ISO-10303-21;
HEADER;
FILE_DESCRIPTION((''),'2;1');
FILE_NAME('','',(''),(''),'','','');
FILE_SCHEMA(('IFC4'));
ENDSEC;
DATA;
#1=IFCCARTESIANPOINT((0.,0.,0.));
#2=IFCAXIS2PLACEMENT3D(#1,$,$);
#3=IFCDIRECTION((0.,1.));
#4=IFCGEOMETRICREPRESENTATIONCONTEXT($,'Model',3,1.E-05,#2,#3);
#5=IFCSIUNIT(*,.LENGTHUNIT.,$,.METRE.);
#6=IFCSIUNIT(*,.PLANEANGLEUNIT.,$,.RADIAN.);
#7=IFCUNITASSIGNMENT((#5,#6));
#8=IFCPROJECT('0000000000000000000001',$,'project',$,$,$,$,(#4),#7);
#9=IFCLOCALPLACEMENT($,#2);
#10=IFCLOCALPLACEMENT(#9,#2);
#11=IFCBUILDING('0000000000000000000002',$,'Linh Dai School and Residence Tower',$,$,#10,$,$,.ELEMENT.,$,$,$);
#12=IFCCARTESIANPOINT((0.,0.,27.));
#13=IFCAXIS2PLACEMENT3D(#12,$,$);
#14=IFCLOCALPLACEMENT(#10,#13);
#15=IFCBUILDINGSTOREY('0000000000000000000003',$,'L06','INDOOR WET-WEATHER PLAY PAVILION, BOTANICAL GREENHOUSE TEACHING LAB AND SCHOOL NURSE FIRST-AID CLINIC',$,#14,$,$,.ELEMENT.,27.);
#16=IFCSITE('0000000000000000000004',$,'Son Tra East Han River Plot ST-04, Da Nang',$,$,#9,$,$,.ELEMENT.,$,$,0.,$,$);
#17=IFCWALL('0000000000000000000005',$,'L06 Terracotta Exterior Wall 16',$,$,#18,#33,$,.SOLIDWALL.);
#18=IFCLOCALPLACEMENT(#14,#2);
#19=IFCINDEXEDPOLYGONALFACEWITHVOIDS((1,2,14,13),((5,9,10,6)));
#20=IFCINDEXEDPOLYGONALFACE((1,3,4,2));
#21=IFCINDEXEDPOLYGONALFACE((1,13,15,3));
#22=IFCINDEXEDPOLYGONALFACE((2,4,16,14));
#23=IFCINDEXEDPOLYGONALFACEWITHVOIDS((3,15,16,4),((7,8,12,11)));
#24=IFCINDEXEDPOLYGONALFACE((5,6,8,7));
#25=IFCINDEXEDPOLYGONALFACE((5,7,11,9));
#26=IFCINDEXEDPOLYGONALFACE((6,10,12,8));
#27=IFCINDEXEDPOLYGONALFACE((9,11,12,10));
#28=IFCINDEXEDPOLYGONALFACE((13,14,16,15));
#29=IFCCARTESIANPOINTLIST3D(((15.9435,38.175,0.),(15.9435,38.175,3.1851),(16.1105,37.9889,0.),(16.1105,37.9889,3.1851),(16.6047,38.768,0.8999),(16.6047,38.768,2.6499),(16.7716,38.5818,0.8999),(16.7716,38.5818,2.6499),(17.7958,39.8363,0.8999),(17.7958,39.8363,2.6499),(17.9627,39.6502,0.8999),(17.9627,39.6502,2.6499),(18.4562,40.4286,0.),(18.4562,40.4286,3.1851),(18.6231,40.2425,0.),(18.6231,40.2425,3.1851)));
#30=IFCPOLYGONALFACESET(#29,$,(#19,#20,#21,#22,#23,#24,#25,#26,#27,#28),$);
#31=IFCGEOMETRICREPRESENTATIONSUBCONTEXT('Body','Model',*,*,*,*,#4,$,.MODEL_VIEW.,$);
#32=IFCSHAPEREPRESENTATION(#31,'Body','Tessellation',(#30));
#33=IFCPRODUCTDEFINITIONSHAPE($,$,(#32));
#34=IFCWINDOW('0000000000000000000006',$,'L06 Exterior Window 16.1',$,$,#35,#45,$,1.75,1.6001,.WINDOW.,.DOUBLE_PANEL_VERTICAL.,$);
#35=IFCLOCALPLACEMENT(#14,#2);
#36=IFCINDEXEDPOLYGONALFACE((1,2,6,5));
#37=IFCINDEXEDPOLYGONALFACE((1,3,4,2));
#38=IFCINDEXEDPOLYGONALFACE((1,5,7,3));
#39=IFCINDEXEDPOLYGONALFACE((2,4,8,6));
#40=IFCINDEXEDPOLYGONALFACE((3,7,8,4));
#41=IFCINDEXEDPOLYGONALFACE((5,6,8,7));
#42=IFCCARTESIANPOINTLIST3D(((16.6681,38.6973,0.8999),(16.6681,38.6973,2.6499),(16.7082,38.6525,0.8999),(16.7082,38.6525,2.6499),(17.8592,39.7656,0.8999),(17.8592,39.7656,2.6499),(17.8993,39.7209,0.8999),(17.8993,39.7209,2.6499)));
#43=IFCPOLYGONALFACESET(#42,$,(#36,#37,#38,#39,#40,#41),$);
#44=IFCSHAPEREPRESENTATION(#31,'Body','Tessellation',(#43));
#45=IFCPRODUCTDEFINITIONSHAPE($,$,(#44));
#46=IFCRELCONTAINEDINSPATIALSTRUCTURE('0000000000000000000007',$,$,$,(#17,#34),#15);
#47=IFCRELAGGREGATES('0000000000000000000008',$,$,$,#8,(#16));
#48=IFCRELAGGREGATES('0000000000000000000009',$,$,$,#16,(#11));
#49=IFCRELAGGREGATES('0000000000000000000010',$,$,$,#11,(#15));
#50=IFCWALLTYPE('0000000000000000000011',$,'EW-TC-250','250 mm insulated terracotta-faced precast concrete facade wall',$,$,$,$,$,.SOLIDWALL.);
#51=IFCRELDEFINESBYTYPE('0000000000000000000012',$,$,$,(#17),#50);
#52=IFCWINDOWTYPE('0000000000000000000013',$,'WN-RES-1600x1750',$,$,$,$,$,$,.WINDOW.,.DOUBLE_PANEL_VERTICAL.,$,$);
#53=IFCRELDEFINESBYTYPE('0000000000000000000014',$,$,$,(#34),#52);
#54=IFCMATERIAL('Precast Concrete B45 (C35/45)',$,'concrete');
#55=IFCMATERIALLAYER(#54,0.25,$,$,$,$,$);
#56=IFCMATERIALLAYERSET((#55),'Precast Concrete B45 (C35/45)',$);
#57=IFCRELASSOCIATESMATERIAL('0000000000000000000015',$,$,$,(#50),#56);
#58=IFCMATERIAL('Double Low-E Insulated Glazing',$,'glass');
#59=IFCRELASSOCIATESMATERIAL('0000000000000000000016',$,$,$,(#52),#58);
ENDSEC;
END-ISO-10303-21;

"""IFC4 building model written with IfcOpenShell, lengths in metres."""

from ifc_helpers import new_model, si_unit, direction, frame, frame_2d, origin, origin_2d, place, context, subcontext, project, spatial, rectangle, extrude, source, transform, mapped, material, layer, layer_set, type_object, element, fill, save


model = new_model("IFC4")

# Units and contexts
model_context = context("Model", 3, precision=1e-05, world=origin(), true_north=direction((0.0, 1.0)))
body_context = subcontext(model_context, "Body", "Model", "MODEL_VIEW")
ifc_project = project(units=[si_unit("LENGTHUNIT", "METRE"), si_unit("PLANEANGLEUNIT", "RADIAN")], contexts=[model_context])

# Site, building, storey
site_placement = place(None, origin())
site = spatial("IfcSite", under=ifc_project, at=site_placement, Name="Son Tra East Han River Plot ST-04, Da Nang", CompositionType="ELEMENT", RefElevation=0.0)
building_placement = place(site_placement, origin())
building = spatial("IfcBuilding", under=site, at=building_placement, Name="Linh Dai School and Residence Tower", CompositionType="ELEMENT")
storey_placement = place(building_placement, frame((0.0, 0.0, 27.0)))
storey = spatial("IfcBuildingStorey", under=building, at=storey_placement, Name="L06", Description="INDOOR WET-WEATHER PLAY PAVILION, BOTANICAL GREENHOUSE TEACHING LAB AND SCHOOL NURSE FIRST-AID CLINIC", CompositionType="ELEMENT", Elevation=27.0)

# Shared definitions
ifc_material_1 = material(Name="Double Low-E Insulated Glazing", Category="glass")

# Shared definitions
ifc_material_2 = material(Name="Precast Concrete B45 (C35/45)", Category="concrete")
ifc_layer_1 = layer(ifc_material_2, 0.25)
ifc_layer_set_1 = layer_set([ifc_layer_1], Name="Precast Concrete B45 (C35/45)")
wall_type = type_object("IfcWallType", Name="EW-TC-250", Description="250 mm insulated terracotta-faced precast concrete facade wall", PredefinedType="SOLIDWALL", material=ifc_layer_set_1)

# Wall, opening, window
wall_1_placement = place(storey_placement, frame((16.0271, 38.082, 0.0), z_axis=(0.0, 0.0, 1.0), x_axis=(0.744437, 0.667693, 0.0)))
wall_1 = element("IfcWall", 1, at=wall_1_placement, inside=storey, type_object=wall_type, Name="L06 Terracotta Exterior Wall 16", PredefinedType="SOLIDWALL", context=body_context, shape_type="SweptSolid", body=[
    extrude(rectangle(XDim=3.3752, YDim=0.25, at=frame_2d((1.6875, 0.0))), origin(), (0.0, 0.0, 1.0), 3.1851),
])
opening_placement = place(wall_1_placement, frame((0.8879, 0.0, 0.8999)))
opening = element("IfcOpeningElement", 2, at=opening_placement, cuts=wall_1, PredefinedType="OPENING", context=body_context, shape_type="SweptSolid", body=[
    extrude(rectangle(XDim=1.6001, YDim=1.75, at=origin_2d()), frame((0.8, 0.135, 0.875), z_axis=(0.0, -1.0, 0.0), x_axis=(1.0, 0.0, 0.0)), (0.0, 0.0, 1.0), 0.27),
])
window_type = type_object("IfcWindowType", Name="WN-RES-1600x1750", PartitioningType="DOUBLE_PANEL_VERTICAL", PredefinedType="WINDOW", material=ifc_material_1)
shared_shape_1 = source(origin(), body_context, "Body", "SweptSolid", [
    extrude(rectangle(XDim=1.6001, YDim=1.75, at=origin_2d()), frame((0.8, 0.03, 0.875), z_axis=(0.0, -1.0, 0.0), x_axis=(1.0, 0.0, 0.0)), (0.0, 0.0, 1.0), 0.0601),
])
window_placement = place(opening_placement, origin())
window = element("IfcWindow", 3, at=window_placement, inside=storey, type_object=window_type, Name="L06 Exterior Window 16.1", OverallHeight=1.75, OverallWidth=1.6001, PartitioningType="DOUBLE_PANEL_VERTICAL", PredefinedType="WINDOW", context=body_context, shape_type="MappedRepresentation", body=[
    mapped(shared_shape_1, transform((0.0, 0.0, 0.0), x_axis=(1.0, 0.0, 0.0), y_axis=(0.0, 1.0, 0.0), z_axis=(0.0, 0.0, 1.0), scale=1.0)),
])
fill(opening, window)

save(model, "model.ifc")
